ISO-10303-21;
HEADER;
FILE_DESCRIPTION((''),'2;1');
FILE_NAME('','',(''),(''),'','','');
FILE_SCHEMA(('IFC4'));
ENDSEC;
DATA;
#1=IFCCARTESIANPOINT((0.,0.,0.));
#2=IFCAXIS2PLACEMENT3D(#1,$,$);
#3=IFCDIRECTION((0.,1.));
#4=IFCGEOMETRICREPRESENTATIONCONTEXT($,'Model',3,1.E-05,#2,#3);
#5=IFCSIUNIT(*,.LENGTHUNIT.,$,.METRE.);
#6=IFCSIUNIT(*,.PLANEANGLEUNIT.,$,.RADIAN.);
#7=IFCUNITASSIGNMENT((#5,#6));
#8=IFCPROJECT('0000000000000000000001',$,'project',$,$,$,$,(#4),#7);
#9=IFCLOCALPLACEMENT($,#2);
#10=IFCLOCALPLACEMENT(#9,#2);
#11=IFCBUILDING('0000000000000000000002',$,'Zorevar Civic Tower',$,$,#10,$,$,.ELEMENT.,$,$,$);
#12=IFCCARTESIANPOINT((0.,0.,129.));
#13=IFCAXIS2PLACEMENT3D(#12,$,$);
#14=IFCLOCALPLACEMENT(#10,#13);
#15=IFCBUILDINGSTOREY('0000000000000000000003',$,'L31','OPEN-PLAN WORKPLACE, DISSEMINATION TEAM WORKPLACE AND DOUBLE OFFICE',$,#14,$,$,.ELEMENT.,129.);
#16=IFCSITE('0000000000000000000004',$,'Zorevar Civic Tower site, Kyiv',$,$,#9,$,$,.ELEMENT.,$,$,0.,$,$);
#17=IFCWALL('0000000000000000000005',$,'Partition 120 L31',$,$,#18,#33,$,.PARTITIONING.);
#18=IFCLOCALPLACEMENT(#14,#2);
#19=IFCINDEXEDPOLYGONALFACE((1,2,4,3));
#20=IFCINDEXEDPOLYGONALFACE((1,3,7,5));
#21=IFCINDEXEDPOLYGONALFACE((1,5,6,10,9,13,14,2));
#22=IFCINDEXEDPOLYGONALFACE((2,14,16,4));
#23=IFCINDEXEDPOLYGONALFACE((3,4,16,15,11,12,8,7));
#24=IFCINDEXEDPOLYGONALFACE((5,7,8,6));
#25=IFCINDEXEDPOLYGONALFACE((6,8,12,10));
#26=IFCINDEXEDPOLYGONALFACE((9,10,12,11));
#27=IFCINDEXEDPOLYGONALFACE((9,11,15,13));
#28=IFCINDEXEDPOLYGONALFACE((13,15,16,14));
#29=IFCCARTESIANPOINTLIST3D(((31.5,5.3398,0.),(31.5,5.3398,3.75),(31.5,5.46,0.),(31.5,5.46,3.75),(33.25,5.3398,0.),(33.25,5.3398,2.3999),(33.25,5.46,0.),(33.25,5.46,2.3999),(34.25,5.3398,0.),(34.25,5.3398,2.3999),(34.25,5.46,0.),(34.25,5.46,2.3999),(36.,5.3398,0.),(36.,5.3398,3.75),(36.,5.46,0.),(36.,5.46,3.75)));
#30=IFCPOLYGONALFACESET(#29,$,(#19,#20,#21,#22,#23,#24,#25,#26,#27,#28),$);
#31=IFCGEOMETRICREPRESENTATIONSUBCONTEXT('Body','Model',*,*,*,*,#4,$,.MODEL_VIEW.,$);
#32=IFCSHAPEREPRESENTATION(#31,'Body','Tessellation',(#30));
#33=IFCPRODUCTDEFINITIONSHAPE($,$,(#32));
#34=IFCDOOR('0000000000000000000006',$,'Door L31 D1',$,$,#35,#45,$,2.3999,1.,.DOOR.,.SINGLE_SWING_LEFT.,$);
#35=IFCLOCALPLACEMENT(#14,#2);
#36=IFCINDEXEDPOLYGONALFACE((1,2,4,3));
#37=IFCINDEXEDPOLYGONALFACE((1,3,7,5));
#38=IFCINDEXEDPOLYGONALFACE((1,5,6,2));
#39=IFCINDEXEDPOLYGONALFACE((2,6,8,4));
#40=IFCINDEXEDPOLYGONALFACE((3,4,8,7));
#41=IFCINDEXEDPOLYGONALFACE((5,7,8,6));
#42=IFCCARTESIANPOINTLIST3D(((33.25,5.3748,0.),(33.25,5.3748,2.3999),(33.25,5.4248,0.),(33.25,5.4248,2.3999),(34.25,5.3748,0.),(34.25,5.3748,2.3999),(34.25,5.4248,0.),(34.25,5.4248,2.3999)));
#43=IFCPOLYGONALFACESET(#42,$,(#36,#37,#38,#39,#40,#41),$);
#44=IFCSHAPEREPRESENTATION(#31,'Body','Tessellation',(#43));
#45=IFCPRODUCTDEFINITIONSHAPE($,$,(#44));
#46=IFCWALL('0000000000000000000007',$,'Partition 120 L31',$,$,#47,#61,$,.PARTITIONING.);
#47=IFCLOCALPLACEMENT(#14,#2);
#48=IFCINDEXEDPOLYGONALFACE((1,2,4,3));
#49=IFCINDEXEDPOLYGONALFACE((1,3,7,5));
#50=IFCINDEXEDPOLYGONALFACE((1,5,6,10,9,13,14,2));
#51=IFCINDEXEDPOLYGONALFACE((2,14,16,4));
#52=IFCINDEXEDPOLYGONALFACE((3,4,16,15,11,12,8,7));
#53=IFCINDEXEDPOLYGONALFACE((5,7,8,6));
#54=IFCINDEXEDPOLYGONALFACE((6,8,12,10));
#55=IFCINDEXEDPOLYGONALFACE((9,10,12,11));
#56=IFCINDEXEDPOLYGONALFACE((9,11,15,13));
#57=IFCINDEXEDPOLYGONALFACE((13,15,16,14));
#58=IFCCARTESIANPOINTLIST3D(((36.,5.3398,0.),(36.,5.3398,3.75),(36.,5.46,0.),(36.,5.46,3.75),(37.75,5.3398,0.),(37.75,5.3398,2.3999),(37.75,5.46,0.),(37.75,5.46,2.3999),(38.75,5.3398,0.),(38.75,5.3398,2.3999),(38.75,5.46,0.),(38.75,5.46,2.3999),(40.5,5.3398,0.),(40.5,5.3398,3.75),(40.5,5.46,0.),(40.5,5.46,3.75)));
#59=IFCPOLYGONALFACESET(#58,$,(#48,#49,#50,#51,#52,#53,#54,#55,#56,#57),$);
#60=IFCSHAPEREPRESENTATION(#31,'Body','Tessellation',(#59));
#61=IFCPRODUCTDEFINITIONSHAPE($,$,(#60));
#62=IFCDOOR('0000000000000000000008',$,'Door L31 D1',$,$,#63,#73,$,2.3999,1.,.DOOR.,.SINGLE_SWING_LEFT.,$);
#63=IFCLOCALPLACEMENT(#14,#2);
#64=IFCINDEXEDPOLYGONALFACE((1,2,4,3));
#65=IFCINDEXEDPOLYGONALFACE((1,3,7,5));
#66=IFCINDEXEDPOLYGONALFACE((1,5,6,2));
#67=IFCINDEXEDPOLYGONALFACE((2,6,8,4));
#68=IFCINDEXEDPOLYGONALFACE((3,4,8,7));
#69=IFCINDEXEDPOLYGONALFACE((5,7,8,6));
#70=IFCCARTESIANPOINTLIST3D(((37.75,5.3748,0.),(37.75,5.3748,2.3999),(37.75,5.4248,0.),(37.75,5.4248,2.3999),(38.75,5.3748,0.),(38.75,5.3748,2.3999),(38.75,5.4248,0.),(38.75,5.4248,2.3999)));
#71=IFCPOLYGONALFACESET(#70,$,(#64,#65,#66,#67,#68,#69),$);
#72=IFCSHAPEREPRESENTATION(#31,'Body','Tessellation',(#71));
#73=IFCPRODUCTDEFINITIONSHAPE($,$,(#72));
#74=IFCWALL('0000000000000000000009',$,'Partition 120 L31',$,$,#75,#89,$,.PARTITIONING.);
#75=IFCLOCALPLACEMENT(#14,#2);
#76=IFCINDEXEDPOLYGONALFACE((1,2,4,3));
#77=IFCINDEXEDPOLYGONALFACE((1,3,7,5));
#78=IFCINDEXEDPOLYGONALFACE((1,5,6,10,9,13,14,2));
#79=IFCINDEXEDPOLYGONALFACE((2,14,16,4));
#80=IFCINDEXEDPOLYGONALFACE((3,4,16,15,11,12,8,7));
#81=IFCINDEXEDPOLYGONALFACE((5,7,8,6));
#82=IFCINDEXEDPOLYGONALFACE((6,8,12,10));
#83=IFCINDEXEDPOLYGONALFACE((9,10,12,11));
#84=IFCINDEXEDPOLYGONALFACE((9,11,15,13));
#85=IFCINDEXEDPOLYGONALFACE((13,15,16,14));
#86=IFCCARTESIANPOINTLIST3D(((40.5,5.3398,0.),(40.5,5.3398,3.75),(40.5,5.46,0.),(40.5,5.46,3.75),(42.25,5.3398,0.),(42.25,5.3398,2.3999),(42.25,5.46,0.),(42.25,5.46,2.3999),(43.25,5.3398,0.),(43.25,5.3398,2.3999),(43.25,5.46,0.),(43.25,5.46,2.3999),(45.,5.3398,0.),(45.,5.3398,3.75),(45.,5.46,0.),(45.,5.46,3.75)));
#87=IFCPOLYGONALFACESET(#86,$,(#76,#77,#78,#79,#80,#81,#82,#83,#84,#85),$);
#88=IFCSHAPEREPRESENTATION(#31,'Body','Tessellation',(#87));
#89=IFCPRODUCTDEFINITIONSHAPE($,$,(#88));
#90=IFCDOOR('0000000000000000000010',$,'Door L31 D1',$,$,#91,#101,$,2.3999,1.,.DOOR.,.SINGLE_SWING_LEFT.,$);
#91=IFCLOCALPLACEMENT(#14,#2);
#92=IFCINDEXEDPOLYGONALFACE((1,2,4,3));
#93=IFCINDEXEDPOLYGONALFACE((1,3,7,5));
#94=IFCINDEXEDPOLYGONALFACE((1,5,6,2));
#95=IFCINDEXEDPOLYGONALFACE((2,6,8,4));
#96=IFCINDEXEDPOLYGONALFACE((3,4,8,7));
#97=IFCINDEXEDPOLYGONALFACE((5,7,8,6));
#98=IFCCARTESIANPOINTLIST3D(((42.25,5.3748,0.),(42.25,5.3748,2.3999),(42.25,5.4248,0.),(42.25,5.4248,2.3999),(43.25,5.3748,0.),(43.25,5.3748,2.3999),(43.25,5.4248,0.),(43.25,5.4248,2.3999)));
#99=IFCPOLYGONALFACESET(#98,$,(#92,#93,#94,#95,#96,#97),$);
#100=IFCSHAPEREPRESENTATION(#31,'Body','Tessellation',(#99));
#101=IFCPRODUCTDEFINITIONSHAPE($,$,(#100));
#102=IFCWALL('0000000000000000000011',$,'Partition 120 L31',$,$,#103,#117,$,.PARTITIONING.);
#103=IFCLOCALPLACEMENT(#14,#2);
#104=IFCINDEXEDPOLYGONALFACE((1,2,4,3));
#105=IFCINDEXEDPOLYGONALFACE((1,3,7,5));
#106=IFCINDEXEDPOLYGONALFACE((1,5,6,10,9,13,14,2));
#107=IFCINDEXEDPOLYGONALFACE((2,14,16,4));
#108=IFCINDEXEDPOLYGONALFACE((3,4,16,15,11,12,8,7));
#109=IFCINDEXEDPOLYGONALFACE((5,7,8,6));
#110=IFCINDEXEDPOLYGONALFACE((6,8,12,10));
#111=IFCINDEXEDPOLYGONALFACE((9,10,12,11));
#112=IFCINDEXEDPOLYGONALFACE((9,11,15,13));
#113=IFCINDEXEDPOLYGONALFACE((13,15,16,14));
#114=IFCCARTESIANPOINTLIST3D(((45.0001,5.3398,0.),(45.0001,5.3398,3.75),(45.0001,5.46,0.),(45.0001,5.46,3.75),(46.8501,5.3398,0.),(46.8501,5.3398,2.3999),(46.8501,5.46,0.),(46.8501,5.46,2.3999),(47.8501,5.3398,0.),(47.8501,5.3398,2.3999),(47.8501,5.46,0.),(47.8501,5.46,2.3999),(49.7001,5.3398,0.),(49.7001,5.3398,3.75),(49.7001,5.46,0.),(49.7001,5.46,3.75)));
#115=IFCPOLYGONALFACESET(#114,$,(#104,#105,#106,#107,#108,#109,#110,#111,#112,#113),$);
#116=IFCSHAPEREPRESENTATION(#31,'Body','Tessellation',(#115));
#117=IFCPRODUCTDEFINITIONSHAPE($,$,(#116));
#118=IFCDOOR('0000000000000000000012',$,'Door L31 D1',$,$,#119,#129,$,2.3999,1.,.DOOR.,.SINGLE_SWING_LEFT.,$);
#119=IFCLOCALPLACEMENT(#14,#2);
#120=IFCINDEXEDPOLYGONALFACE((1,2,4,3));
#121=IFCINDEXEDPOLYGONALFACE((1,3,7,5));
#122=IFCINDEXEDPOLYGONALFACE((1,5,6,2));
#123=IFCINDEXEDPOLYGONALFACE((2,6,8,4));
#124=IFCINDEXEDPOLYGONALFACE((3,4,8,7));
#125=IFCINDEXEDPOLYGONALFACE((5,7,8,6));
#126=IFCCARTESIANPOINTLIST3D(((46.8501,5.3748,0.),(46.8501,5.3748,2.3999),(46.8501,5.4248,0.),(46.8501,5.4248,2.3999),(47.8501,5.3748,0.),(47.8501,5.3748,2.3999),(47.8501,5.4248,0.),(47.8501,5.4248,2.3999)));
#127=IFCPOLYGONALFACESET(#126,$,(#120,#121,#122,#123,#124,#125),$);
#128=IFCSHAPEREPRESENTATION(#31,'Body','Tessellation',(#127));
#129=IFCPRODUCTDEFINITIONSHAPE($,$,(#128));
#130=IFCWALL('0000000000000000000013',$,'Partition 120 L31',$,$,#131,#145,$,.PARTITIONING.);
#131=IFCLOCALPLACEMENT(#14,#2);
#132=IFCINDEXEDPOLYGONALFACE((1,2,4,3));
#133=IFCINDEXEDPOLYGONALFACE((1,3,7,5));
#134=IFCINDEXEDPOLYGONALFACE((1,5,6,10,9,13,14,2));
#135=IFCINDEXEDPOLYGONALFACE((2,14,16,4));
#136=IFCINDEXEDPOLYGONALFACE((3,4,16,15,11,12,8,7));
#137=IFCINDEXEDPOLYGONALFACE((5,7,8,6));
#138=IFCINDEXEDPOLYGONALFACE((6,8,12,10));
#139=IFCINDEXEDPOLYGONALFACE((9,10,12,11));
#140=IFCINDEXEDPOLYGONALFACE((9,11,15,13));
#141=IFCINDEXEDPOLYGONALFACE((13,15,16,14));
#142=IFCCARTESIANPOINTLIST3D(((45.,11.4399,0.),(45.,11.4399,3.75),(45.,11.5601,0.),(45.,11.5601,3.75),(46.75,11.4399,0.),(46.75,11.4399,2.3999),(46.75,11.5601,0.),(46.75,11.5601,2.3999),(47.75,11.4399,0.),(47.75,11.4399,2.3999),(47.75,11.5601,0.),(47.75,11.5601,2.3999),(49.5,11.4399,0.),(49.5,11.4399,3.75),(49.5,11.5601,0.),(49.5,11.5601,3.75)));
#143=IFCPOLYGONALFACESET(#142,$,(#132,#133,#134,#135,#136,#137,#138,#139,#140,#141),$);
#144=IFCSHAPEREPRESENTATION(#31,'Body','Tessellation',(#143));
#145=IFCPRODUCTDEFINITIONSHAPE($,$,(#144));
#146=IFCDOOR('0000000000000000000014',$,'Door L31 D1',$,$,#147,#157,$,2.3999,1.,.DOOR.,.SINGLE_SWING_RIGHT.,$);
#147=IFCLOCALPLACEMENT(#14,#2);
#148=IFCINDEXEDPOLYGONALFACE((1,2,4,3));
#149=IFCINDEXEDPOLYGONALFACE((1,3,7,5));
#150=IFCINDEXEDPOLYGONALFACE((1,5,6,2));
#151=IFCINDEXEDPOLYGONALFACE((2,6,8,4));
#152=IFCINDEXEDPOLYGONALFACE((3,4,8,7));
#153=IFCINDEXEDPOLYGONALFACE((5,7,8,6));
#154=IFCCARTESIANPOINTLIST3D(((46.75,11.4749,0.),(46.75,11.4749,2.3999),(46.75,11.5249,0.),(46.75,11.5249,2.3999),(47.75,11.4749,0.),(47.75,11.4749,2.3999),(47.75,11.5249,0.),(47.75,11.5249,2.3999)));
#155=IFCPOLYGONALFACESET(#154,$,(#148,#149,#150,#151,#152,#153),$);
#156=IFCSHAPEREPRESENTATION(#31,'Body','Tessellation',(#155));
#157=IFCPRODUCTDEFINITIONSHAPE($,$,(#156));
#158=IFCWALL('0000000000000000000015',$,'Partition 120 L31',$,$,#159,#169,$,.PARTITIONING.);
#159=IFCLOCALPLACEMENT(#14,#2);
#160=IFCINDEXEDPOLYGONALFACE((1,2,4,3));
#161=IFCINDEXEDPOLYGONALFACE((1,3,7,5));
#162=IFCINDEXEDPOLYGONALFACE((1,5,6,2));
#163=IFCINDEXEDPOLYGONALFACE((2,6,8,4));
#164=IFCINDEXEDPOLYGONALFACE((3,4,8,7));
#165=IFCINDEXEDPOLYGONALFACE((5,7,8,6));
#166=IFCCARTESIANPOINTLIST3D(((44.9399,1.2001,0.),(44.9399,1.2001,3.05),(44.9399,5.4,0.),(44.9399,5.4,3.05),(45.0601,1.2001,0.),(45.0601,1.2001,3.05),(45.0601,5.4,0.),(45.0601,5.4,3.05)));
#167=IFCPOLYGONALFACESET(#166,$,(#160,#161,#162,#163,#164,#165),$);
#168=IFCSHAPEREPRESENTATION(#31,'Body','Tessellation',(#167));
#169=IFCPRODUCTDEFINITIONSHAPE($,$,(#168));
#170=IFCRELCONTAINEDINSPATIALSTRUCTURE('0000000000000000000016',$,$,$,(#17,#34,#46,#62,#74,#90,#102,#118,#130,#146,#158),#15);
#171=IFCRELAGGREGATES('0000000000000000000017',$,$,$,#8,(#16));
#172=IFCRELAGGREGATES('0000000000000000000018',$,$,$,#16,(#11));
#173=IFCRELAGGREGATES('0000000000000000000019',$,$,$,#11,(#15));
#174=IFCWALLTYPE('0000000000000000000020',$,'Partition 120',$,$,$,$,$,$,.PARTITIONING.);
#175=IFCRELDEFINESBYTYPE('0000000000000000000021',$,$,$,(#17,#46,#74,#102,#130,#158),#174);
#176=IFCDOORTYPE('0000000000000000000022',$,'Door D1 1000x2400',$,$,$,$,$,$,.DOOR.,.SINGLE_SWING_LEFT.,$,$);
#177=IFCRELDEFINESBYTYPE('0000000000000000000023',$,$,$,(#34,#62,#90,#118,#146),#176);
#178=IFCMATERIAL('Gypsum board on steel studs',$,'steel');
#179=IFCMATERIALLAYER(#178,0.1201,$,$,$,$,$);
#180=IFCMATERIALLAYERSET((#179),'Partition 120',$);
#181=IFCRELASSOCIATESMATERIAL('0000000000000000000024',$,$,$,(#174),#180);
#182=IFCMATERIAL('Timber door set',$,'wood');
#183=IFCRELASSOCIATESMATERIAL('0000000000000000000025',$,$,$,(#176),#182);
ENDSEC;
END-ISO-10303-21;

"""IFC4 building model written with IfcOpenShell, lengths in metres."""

from ifc_helpers import new_model, si_unit, direction, frame, frame_2d, origin, place, context, subcontext, project, spatial, rectangle, extrude, material, layer, layer_set, type_object, element, fill, save


model = new_model("IFC4")

# Units and contexts
model_context = context("Model", 3, precision=1e-05, world=origin(), true_north=direction((0.0, 1.0)))
body_context = subcontext(model_context, "Body", "Model", "MODEL_VIEW")
ifc_project = project(units=[si_unit("LENGTHUNIT", "METRE"), si_unit("PLANEANGLEUNIT", "RADIAN")], contexts=[model_context])

# Site, building, storey
site_placement = place(None, origin())
site = spatial("IfcSite", under=ifc_project, at=site_placement, Name="Zorevar Civic Tower site, Kyiv", CompositionType="ELEMENT", RefElevation=0.0)
building_placement = place(site_placement, origin())
building = spatial("IfcBuilding", under=site, at=building_placement, Name="Zorevar Civic Tower", CompositionType="ELEMENT")
storey_placement = place(building_placement, frame((0.0, 0.0, 129.0)))
storey = spatial("IfcBuildingStorey", under=building, at=storey_placement, Name="L31", Description="OPEN-PLAN WORKPLACE, DISSEMINATION TEAM WORKPLACE AND DOUBLE OFFICE", CompositionType="ELEMENT", Elevation=129.0)

# Walls, openings, doors
ifc_material_1 = material(Name="Gypsum board on steel studs", Category="steel")
ifc_layer_1 = layer(ifc_material_1, 0.1201)
ifc_layer_set_1 = layer_set([ifc_layer_1], Name="Partition 120")
wall_type_1 = type_object("IfcWallType", Name="Partition 120", PredefinedType="PARTITIONING", material=ifc_layer_set_1)
ifc_material_2 = material(Name="Timber door set", Category="wood")
door_type_1 = type_object("IfcDoorType", Name="Door D1 1000x2400", OperationType="SINGLE_SWING_LEFT", PredefinedType="DOOR", material=ifc_material_2)
wall_1_placement = place(storey_placement, frame((31.5, 5.3999, 0.0), z_axis=(0.0, 0.0, 1.0), x_axis=(1.0, 0.0, 0.0)))
wall_1 = element("IfcWall", 1, at=wall_1_placement, inside=storey, type_object=wall_type_1, Name="Partition 120 L31", PredefinedType="PARTITIONING", context=body_context, shape_type="SweptSolid", body=[
    extrude(rectangle(XDim=4.5, YDim=0.1201, at=frame_2d((2.25, 0.0))), origin(), (0.0, 0.0, 1.0), 3.75),
])
opening_1_placement = place(wall_1_placement, frame((1.75, 0.0, 0.0)))
opening_1 = element("IfcOpeningElement", 2, at=opening_1_placement, cuts=wall_1, PredefinedType="OPENING", context=body_context, shape_type="SweptSolid", body=[
    extrude(rectangle(XDim=1.0, YDim=2.3999, at=frame_2d((0.5, 1.2))), frame((0.0, 0.0701, 0.0), z_axis=(0.0, -1.0, 0.0), x_axis=(1.0, 0.0, 0.0)), (0.0, 0.0, 1.0), 0.1401),
])
door_1_placement = place(opening_1_placement, origin())
door_1 = element("IfcDoor", 3, at=door_1_placement, inside=storey, type_object=door_type_1, Name="Door L31 D1", OperationType="SINGLE_SWING_LEFT", OverallHeight=2.3999, OverallWidth=1.0, PredefinedType="DOOR", context=body_context, shape_type="SweptSolid", body=[
    extrude(rectangle(XDim=1.0, YDim=2.3999, at=frame_2d((0.5, 1.2))), frame((0.0, 0.0249, 0.0), z_axis=(0.0, -1.0, 0.0), x_axis=(1.0, 0.0, 0.0)), (0.0, 0.0, 1.0), 0.05),
])
fill(opening_1, door_1)
wall_2_placement = place(storey_placement, frame((36.0, 5.3999, 0.0), z_axis=(0.0, 0.0, 1.0), x_axis=(1.0, 0.0, 0.0)))
wall_2 = element("IfcWall", 4, at=wall_2_placement, inside=storey, type_object=wall_type_1, Name="Partition 120 L31", PredefinedType="PARTITIONING", context=body_context, shape_type="SweptSolid", body=[
    extrude(rectangle(XDim=4.5, YDim=0.1201, at=frame_2d((2.25, 0.0))), origin(), (0.0, 0.0, 1.0), 3.75),
])
opening_2_placement = place(wall_2_placement, frame((1.75, 0.0, 0.0)))
opening_2 = element("IfcOpeningElement", 5, at=opening_2_placement, cuts=wall_2, PredefinedType="OPENING", context=body_context, shape_type="SweptSolid", body=[
    extrude(rectangle(XDim=1.0, YDim=2.3999, at=frame_2d((0.5, 1.2))), frame((0.0, 0.0701, 0.0), z_axis=(0.0, -1.0, 0.0), x_axis=(1.0, 0.0, 0.0)), (0.0, 0.0, 1.0), 0.1401),
])
door_2_placement = place(opening_2_placement, origin())
door_2 = element("IfcDoor", 6, at=door_2_placement, inside=storey, type_object=door_type_1, Name="Door L31 D1", OperationType="SINGLE_SWING_LEFT", OverallHeight=2.3999, OverallWidth=1.0, PredefinedType="DOOR", context=body_context, shape_type="SweptSolid", body=[
    extrude(rectangle(XDim=1.0, YDim=2.3999, at=frame_2d((0.5, 1.2))), frame((0.0, 0.0249, 0.0), z_axis=(0.0, -1.0, 0.0), x_axis=(1.0, 0.0, 0.0)), (0.0, 0.0, 1.0), 0.05),
])
fill(opening_2, door_2)
wall_3_placement = place(storey_placement, frame((40.5, 5.3999, 0.0), z_axis=(0.0, 0.0, 1.0), x_axis=(1.0, 0.0, 0.0)))
wall_3 = element("IfcWall", 7, at=wall_3_placement, inside=storey, type_object=wall_type_1, Name="Partition 120 L31", PredefinedType="PARTITIONING", context=body_context, shape_type="SweptSolid", body=[
    extrude(rectangle(XDim=4.5, YDim=0.1201, at=frame_2d((2.25, 0.0))), origin(), (0.0, 0.0, 1.0), 3.75),
])
opening_3_placement = place(wall_3_placement, frame((1.75, 0.0, 0.0)))
opening_3 = element("IfcOpeningElement", 8, at=opening_3_placement, cuts=wall_3, PredefinedType="OPENING", context=body_context, shape_type="SweptSolid", body=[
    extrude(rectangle(XDim=1.0, YDim=2.3999, at=frame_2d((0.5, 1.2))), frame((0.0, 0.0701, 0.0), z_axis=(0.0, -1.0, 0.0), x_axis=(1.0, 0.0, 0.0)), (0.0, 0.0, 1.0), 0.1401),
])
door_3_placement = place(opening_3_placement, origin())
door_3 = element("IfcDoor", 9, at=door_3_placement, inside=storey, type_object=door_type_1, Name="Door L31 D1", OperationType="SINGLE_SWING_LEFT", OverallHeight=2.3999, OverallWidth=1.0, PredefinedType="DOOR", context=body_context, shape_type="SweptSolid", body=[
    extrude(rectangle(XDim=1.0, YDim=2.3999, at=frame_2d((0.5, 1.2))), frame((0.0, 0.0249, 0.0), z_axis=(0.0, -1.0, 0.0), x_axis=(1.0, 0.0, 0.0)), (0.0, 0.0, 1.0), 0.05),
])
fill(opening_3, door_3)
wall_4_placement = place(storey_placement, frame((45.0, 5.3999, 0.0), z_axis=(0.0, 0.0, 1.0), x_axis=(1.0, 0.0, 0.0)))
wall_4 = element("IfcWall", 10, at=wall_4_placement, inside=storey, type_object=wall_type_1, Name="Partition 120 L31", PredefinedType="PARTITIONING", context=body_context, shape_type="SweptSolid", body=[
    extrude(rectangle(XDim=4.7, YDim=0.1201, at=frame_2d((2.3501, 0.0))), origin(), (0.0, 0.0, 1.0), 3.75),
])
opening_4_placement = place(wall_4_placement, frame((1.8501, 0.0, 0.0)))
opening_4 = element("IfcOpeningElement", 11, at=opening_4_placement, cuts=wall_4, PredefinedType="OPENING", context=body_context, shape_type="SweptSolid", body=[
    extrude(rectangle(XDim=1.0, YDim=2.3999, at=frame_2d((0.5, 1.2))), frame((0.0, 0.0701, 0.0), z_axis=(0.0, -1.0, 0.0), x_axis=(1.0, 0.0, 0.0)), (0.0, 0.0, 1.0), 0.1401),
])
door_4_placement = place(opening_4_placement, origin())
door_4 = element("IfcDoor", 12, at=door_4_placement, inside=storey, type_object=door_type_1, Name="Door L31 D1", OperationType="SINGLE_SWING_LEFT", OverallHeight=2.3999, OverallWidth=1.0, PredefinedType="DOOR", context=body_context, shape_type="SweptSolid", body=[
    extrude(rectangle(XDim=1.0, YDim=2.3999, at=frame_2d((0.5, 1.2))), frame((0.0, 0.0249, 0.0), z_axis=(0.0, -1.0, 0.0), x_axis=(1.0, 0.0, 0.0)), (0.0, 0.0, 1.0), 0.05),
])
fill(opening_4, door_4)
wall_5_placement = place(storey_placement, frame((45.0, 11.5, 0.0), z_axis=(0.0, 0.0, 1.0), x_axis=(1.0, 0.0, 0.0)))
wall_5 = element("IfcWall", 13, at=wall_5_placement, inside=storey, type_object=wall_type_1, Name="Partition 120 L31", PredefinedType="PARTITIONING", context=body_context, shape_type="SweptSolid", body=[
    extrude(rectangle(XDim=4.5, YDim=0.1201, at=frame_2d((2.25, 0.0))), origin(), (0.0, 0.0, 1.0), 3.75),
])
opening_5_placement = place(wall_5_placement, frame((1.75, 0.0, 0.0)))
opening_5 = element("IfcOpeningElement", 14, at=opening_5_placement, cuts=wall_5, PredefinedType="OPENING", context=body_context, shape_type="SweptSolid", body=[
    extrude(rectangle(XDim=1.0, YDim=2.3999, at=frame_2d((0.5, 1.2))), frame((0.0, 0.0701, 0.0), z_axis=(0.0, -1.0, 0.0), x_axis=(1.0, 0.0, 0.0)), (0.0, 0.0, 1.0), 0.1401),
])
door_5_placement = place(opening_5_placement, origin())
door_5 = element("IfcDoor", 15, at=door_5_placement, inside=storey, type_object=door_type_1, Name="Door L31 D1", OperationType="SINGLE_SWING_RIGHT", OverallHeight=2.3999, OverallWidth=1.0, PredefinedType="DOOR", context=body_context, shape_type="SweptSolid", body=[
    extrude(rectangle(XDim=1.0, YDim=2.3999, at=frame_2d((0.5, 1.2))), frame((0.0, 0.0249, 0.0), z_axis=(0.0, -1.0, 0.0), x_axis=(1.0, 0.0, 0.0)), (0.0, 0.0, 1.0), 0.05),
])
fill(opening_5, door_5)

# Wall
wall_6_placement = place(storey_placement, frame((45.0, 1.2, 0.0), z_axis=(0.0, 0.0, 1.0), x_axis=(0.0, 1.0, 0.0)))
element("IfcWall", 16, at=wall_6_placement, inside=storey, type_object=wall_type_1, Name="Partition 120 L31", PredefinedType="PARTITIONING", context=body_context, shape_type="SweptSolid", body=[
    extrude(rectangle(XDim=4.2, YDim=0.1201, at=frame_2d((2.1001, 0.0))), origin(), (0.0, 0.0, 1.0), 3.05),
])

save(model, "model.ifc")
